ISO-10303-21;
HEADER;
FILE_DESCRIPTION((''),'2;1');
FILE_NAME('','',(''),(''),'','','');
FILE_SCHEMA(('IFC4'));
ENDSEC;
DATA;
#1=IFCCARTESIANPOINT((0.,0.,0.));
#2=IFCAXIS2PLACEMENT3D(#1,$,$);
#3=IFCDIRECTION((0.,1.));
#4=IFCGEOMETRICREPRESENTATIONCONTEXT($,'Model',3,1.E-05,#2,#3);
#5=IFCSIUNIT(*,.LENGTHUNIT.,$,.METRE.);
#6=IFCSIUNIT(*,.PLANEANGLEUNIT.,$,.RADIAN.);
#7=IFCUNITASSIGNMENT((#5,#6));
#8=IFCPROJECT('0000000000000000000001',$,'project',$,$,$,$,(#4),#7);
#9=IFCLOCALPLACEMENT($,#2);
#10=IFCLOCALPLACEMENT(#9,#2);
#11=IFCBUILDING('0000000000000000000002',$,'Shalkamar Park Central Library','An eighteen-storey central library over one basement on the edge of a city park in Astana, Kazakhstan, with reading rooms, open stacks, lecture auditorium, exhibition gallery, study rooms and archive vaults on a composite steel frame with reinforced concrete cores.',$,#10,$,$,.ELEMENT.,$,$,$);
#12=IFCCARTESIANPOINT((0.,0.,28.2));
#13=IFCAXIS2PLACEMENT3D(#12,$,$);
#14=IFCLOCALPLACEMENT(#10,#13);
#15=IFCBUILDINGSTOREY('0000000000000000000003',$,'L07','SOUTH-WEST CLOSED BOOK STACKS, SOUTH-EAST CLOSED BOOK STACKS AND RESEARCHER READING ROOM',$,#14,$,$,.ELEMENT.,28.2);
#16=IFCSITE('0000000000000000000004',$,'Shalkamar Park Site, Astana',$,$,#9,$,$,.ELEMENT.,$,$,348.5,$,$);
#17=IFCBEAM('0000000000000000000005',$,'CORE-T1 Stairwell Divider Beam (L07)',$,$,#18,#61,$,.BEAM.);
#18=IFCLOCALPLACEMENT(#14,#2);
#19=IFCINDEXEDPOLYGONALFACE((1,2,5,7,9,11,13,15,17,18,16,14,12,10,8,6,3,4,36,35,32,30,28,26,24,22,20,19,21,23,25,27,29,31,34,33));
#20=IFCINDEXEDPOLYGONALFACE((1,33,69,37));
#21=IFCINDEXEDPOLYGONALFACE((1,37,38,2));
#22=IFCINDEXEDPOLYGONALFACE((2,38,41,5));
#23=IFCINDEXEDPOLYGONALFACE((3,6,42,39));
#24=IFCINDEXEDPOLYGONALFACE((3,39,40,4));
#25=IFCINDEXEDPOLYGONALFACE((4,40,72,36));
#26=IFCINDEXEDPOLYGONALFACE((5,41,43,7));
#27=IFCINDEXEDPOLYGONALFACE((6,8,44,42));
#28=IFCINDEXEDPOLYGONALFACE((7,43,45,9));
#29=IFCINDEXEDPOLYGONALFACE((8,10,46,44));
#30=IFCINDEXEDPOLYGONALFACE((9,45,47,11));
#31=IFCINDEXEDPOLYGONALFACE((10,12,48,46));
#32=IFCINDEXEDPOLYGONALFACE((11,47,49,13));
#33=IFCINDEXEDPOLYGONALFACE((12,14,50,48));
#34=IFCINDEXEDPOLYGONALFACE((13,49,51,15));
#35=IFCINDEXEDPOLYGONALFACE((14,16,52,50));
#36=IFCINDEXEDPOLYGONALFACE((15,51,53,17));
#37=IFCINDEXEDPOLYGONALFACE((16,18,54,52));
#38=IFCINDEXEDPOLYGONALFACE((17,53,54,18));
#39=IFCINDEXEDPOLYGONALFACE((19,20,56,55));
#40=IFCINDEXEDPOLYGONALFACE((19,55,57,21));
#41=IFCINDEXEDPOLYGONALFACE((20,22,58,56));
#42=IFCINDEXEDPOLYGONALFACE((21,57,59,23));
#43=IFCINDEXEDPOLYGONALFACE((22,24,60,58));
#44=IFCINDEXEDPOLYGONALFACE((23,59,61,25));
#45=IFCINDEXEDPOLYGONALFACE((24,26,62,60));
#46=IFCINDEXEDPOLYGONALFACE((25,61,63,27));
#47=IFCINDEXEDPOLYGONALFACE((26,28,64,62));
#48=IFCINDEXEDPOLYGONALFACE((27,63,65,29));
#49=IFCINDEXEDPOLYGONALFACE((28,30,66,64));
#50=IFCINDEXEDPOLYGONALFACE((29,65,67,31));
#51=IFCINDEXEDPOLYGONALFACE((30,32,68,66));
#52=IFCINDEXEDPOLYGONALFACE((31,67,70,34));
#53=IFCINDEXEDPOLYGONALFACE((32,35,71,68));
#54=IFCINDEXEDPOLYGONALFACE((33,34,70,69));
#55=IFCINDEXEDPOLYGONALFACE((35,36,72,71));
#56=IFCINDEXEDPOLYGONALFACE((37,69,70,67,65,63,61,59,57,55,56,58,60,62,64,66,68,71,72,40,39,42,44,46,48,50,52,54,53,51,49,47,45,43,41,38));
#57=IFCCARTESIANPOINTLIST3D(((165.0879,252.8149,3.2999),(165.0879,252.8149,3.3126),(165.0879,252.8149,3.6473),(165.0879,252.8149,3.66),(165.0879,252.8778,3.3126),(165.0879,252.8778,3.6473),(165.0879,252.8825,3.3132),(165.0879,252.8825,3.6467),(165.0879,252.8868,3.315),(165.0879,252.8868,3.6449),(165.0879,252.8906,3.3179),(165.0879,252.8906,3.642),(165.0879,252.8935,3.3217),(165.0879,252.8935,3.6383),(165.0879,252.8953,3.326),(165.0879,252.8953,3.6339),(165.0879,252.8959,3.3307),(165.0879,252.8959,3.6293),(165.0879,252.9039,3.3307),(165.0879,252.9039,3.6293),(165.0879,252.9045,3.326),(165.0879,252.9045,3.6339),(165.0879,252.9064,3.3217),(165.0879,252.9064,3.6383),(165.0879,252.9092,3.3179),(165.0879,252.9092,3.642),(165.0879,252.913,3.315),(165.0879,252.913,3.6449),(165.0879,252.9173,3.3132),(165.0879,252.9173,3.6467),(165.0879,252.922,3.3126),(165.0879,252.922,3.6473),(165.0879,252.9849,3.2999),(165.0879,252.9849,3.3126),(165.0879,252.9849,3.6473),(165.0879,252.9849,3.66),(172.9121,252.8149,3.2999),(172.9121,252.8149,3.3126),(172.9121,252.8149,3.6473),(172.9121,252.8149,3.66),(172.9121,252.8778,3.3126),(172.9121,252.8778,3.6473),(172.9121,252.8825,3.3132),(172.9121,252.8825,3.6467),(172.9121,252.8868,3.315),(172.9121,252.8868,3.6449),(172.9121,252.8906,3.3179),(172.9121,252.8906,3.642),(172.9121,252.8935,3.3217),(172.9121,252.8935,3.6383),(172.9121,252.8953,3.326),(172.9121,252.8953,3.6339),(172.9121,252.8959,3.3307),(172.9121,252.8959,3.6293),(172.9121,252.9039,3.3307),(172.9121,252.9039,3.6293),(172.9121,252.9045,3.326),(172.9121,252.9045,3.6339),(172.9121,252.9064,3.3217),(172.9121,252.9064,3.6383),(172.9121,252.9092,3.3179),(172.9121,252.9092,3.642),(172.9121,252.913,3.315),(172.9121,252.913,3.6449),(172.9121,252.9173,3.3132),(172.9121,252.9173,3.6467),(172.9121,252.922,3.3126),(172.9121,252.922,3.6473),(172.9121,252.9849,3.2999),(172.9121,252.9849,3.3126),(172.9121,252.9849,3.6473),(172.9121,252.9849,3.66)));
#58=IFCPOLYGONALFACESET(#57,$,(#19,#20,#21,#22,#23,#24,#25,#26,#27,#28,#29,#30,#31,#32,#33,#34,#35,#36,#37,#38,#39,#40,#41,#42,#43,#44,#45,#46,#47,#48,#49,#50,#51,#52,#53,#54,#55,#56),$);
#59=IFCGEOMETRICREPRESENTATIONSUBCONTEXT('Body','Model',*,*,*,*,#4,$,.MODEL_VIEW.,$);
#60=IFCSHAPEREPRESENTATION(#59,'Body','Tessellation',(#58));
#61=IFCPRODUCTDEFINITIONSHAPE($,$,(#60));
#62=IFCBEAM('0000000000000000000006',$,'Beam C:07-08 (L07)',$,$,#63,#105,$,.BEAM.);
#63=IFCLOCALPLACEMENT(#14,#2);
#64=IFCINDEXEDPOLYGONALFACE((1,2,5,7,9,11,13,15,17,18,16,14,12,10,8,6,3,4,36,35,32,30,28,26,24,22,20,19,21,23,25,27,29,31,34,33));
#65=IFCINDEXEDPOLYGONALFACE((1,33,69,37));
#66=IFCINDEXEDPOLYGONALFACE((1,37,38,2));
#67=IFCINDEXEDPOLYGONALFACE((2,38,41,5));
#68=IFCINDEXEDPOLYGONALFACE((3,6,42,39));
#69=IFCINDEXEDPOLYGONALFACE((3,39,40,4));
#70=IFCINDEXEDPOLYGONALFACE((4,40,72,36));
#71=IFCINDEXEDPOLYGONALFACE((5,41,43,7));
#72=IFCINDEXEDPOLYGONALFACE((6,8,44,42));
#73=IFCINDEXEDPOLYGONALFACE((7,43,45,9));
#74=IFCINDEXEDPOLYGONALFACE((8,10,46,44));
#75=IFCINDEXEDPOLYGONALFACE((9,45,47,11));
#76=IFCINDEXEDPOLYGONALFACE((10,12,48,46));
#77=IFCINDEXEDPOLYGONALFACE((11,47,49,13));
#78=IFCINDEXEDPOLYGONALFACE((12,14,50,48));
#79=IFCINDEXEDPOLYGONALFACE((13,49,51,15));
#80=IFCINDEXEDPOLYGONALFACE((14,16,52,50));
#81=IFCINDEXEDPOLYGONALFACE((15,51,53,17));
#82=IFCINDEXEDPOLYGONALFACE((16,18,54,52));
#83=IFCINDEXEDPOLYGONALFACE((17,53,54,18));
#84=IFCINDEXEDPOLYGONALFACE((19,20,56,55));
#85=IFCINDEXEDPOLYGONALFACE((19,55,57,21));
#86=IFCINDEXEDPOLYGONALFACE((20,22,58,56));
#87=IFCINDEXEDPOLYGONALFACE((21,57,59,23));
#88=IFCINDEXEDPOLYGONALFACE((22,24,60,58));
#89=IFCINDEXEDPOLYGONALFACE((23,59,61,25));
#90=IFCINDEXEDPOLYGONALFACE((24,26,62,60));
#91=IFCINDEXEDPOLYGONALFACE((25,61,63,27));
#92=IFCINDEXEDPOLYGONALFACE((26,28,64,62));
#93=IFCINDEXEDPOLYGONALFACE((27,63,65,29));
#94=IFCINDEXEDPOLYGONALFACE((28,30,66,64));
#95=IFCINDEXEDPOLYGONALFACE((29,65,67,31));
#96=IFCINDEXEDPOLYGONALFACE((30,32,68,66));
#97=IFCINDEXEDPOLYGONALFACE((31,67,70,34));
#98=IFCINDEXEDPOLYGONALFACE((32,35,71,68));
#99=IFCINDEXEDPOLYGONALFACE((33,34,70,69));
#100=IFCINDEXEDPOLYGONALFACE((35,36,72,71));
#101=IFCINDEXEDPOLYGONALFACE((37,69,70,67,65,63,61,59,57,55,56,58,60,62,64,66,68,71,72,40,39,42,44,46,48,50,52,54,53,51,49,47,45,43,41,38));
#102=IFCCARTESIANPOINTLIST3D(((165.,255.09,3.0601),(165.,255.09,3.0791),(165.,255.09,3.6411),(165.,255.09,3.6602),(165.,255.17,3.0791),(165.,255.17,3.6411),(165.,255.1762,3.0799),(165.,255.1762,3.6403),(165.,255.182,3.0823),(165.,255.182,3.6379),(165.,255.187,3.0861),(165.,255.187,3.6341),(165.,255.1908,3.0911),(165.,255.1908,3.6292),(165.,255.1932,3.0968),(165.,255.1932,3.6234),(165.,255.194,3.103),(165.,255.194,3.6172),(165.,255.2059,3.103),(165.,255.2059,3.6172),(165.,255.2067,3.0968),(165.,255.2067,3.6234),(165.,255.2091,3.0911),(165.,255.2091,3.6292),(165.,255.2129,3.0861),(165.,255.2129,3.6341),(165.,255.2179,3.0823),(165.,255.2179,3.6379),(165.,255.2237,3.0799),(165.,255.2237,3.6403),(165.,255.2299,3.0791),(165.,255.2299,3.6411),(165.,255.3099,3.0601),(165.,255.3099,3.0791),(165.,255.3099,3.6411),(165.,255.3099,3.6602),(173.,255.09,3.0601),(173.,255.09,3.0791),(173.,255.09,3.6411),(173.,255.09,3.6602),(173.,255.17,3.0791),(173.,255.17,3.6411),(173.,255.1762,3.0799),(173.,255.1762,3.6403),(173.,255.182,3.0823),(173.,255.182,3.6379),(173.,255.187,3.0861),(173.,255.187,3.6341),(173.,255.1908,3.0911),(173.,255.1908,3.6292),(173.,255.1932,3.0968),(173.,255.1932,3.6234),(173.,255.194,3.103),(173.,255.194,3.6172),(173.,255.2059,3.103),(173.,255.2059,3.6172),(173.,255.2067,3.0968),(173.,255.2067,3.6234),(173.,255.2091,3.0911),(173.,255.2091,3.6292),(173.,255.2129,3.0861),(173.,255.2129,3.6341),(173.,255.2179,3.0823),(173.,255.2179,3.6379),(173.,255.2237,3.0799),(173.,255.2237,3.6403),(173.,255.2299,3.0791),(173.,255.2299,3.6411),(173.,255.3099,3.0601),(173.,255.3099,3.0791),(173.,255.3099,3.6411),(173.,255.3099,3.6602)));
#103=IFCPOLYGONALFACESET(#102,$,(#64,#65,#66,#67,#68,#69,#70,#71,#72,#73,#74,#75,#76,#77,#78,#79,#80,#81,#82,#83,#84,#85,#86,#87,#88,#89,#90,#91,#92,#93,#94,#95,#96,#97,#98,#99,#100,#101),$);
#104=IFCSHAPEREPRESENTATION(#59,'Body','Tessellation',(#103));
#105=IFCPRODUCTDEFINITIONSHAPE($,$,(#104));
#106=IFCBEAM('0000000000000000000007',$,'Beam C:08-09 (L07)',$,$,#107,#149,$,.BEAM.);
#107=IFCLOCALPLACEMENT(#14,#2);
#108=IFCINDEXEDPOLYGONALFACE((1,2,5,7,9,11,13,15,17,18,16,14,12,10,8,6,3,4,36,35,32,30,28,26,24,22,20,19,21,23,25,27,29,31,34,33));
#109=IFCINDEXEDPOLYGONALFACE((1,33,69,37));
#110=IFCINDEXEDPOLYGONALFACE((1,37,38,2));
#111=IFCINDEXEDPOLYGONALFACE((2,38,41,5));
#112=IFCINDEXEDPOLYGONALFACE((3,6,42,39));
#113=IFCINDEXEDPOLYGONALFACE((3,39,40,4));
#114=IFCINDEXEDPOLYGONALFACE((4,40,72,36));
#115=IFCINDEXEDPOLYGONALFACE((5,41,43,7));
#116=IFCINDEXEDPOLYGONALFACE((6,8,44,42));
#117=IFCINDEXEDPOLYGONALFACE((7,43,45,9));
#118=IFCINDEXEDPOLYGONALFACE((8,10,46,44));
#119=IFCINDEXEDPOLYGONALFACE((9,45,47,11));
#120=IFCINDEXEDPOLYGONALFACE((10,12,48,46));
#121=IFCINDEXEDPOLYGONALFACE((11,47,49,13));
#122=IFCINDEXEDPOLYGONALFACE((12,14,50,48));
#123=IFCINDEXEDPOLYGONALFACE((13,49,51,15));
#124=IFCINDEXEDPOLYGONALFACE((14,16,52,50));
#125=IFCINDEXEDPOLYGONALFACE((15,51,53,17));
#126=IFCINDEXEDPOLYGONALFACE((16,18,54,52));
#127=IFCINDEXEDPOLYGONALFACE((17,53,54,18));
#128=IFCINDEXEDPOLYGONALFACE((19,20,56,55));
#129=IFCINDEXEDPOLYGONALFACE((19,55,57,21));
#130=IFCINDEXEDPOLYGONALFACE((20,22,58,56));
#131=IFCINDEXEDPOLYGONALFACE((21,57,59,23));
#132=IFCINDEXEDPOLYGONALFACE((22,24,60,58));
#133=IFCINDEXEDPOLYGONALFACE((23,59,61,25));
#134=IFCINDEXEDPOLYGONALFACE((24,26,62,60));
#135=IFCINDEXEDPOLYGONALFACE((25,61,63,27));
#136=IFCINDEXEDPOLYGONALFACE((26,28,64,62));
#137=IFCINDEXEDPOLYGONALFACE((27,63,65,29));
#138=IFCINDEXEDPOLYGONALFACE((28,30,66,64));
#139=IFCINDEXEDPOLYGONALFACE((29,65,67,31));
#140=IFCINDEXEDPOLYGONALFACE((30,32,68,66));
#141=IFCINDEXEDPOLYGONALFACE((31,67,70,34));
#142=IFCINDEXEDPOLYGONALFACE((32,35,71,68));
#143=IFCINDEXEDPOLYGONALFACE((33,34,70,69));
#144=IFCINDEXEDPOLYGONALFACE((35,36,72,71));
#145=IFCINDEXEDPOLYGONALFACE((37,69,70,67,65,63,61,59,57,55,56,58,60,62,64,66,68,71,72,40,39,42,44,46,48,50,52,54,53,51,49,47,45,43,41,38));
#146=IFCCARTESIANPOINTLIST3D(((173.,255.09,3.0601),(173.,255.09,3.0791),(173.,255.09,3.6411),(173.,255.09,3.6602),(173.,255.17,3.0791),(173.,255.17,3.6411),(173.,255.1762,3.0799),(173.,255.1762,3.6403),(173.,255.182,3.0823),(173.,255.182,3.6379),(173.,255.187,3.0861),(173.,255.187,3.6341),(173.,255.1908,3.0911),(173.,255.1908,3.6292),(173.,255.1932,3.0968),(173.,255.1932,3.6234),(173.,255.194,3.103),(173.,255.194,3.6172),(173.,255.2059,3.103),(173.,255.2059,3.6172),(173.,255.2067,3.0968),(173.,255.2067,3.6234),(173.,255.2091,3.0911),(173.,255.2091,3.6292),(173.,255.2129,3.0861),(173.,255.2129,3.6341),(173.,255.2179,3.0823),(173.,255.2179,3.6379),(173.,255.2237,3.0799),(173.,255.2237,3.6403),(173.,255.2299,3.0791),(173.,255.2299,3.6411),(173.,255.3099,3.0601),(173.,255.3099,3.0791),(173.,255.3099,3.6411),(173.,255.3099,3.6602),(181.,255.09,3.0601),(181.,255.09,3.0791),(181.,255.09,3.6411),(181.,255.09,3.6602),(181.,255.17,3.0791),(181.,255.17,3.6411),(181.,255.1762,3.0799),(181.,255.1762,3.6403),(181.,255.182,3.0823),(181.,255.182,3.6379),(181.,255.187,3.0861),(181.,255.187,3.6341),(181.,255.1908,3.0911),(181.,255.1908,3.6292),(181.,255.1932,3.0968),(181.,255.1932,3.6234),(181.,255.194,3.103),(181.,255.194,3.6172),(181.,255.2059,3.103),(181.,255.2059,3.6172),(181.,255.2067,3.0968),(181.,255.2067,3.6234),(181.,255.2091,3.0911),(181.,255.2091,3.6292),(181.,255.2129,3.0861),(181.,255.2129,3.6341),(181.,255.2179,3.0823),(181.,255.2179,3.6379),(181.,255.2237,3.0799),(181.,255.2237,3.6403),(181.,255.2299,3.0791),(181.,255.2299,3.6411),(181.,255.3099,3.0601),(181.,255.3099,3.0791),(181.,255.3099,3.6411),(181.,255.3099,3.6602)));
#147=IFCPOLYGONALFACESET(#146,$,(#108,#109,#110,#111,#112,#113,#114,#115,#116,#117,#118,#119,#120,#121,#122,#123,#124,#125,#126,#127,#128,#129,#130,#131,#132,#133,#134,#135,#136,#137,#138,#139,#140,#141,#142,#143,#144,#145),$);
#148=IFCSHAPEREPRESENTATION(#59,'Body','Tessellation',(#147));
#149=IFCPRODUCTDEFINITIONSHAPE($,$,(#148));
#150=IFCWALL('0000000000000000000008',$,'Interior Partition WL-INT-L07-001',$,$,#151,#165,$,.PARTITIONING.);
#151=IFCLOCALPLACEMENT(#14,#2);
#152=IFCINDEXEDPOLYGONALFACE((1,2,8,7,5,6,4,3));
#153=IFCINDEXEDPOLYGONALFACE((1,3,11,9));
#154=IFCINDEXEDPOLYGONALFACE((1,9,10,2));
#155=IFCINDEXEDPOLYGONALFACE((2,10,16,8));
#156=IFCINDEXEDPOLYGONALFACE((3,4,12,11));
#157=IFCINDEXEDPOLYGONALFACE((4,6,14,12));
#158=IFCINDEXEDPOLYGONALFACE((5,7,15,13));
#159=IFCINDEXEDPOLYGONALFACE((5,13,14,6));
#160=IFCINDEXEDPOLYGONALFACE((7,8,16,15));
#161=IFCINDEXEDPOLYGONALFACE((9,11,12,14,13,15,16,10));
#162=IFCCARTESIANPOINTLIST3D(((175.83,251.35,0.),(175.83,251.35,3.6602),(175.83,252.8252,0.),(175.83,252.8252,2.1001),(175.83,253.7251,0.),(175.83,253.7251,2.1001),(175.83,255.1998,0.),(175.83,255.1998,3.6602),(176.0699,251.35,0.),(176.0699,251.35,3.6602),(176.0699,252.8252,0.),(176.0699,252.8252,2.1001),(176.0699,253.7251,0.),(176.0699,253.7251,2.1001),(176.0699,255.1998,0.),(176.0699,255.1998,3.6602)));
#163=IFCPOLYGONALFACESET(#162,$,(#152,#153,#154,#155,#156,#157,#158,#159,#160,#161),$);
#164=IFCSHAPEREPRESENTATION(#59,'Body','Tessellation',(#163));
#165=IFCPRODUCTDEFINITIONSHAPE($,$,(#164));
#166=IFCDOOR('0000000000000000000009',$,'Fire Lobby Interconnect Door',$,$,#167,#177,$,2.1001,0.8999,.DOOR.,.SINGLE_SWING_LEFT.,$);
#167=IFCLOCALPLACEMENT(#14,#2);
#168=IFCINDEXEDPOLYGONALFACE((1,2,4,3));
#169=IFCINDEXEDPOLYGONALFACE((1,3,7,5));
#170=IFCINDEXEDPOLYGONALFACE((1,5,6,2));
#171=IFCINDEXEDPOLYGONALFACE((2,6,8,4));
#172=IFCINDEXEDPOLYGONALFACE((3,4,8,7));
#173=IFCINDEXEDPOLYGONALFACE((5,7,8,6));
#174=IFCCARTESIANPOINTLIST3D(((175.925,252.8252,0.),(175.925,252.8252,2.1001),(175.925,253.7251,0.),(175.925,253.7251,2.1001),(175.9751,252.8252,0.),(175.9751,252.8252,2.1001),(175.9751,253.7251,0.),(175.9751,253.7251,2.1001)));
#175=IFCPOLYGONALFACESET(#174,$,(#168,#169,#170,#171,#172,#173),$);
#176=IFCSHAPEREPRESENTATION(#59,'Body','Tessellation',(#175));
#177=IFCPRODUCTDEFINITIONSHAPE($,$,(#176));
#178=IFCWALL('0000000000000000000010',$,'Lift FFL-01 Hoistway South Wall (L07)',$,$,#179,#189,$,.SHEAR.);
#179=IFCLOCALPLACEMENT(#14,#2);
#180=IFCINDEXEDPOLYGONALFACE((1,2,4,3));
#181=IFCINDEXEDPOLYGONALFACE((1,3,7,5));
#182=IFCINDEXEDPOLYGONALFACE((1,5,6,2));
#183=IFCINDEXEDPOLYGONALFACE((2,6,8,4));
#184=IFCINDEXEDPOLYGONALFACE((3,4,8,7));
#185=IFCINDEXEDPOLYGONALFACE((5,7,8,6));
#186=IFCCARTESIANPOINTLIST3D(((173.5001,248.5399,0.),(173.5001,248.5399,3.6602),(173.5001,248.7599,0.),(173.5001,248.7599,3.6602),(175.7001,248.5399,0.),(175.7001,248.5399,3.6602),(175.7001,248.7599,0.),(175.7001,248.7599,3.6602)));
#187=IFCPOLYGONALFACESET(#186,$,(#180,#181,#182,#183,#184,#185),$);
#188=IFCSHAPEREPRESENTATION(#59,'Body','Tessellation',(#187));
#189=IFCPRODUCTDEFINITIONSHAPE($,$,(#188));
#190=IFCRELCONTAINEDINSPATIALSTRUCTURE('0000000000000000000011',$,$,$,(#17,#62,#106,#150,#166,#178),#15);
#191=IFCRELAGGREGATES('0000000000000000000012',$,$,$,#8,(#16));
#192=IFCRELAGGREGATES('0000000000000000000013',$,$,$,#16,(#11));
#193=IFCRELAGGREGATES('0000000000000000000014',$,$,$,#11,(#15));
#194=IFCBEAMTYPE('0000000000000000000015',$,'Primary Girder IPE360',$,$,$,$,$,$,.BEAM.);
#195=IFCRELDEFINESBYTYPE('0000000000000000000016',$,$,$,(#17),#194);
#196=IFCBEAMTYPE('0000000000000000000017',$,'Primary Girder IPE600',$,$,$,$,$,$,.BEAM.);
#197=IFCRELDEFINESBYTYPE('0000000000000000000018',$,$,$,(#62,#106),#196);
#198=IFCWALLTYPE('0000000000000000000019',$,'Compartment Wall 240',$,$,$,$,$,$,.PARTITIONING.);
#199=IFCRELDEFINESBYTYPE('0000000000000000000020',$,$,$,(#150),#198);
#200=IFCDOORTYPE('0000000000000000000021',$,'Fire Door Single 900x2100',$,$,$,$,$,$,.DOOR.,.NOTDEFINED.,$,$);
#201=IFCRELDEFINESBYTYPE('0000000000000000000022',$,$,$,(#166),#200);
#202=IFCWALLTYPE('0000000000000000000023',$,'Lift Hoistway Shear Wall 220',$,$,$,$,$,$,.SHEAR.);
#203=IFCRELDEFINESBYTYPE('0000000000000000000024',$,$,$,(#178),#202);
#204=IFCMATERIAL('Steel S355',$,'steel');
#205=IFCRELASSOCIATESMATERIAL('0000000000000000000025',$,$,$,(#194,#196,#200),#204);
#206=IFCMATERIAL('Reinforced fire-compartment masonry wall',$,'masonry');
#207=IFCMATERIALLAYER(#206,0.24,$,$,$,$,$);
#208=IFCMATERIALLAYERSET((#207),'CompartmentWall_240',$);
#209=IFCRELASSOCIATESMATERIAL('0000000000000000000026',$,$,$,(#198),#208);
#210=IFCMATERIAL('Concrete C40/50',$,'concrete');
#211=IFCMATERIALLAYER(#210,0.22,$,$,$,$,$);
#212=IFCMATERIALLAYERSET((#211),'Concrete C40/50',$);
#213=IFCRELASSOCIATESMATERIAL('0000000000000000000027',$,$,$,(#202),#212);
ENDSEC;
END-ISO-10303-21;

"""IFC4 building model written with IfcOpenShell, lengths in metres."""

from ifc_helpers import new_model, si_unit, direction, frame, frame_2d, origin, origin_2d, place, context, subcontext, project, spatial, rectangle, i_section, extrude, material, layer, layer_set, material_profile, profile_set, type_object, element, fill, save


model = new_model("IFC4")

# Units and contexts
model_context = context("Model", 3, precision=1e-05, world=origin(), true_north=direction((0.0, 1.0)))
body_context = subcontext(model_context, "Body", "Model", "MODEL_VIEW")
ifc_project = project(units=[si_unit("LENGTHUNIT", "METRE"), si_unit("PLANEANGLEUNIT", "RADIAN")], contexts=[model_context])

# Site, building, storey
site_placement = place(None, origin())
site = spatial("IfcSite", under=ifc_project, at=site_placement, Name="Shalkamar Park Site, Astana", CompositionType="ELEMENT", RefElevation=348.5)
building_placement = place(site_placement, origin())
building = spatial("IfcBuilding", under=site, at=building_placement, Name="Shalkamar Park Central Library", Description="An eighteen-storey central library over one basement on the edge of a city park in Astana, Kazakhstan, with reading rooms, open stacks, lecture auditorium, exhibition gallery, study rooms and archive vaults on a composite steel frame with reinforced concrete cores.", CompositionType="ELEMENT")
storey_placement = place(building_placement, frame((0.0, 0.0, 28.2)))
storey = spatial("IfcBuildingStorey", under=building, at=storey_placement, Name="L07", Description="SOUTH-WEST CLOSED BOOK STACKS, SOUTH-EAST CLOSED BOOK STACKS AND RESEARCHER READING ROOM", CompositionType="ELEMENT", Elevation=28.2)

# Shared definitions
ifc_material_1 = material(Name="Steel S355", Category="steel")

# Beams
ifc_material_profile_1 = material_profile(ifc_material_1, i_section(OverallWidth=0.1699, OverallDepth=0.3601, WebThickness=0.0081, FlangeThickness=0.0127, FilletRadius=0.0181, at=origin_2d()), Name="IPE 360")
ifc_profile_set_1 = profile_set([ifc_material_profile_1], Name="Steel S355")
beam_type_1 = type_object("IfcBeamType", Name="Primary Girder IPE360", PredefinedType="BEAM", material=ifc_profile_set_1)
beam_1_placement = place(storey_placement, frame((165.0879, 252.8999, 3.48), z_axis=(1.0, 0.0, 0.0), x_axis=(0.0, 1.0, 0.0)))
element("IfcBeam", 1, at=beam_1_placement, inside=storey, type_object=beam_type_1, Name="CORE-T1 Stairwell Divider Beam (L07)", PredefinedType="BEAM", context=body_context, shape_type="SweptSolid", body=[
    extrude(i_section(OverallWidth=0.1699, OverallDepth=0.3601, WebThickness=0.0081, FlangeThickness=0.0127, FilletRadius=0.0181, at=origin_2d()), origin(), (0.0, 0.0, 1.0), 7.8242),
])
ifc_material_profile_2 = material_profile(ifc_material_1, i_section(OverallWidth=0.22, OverallDepth=0.6001, WebThickness=0.012, FlangeThickness=0.019, FilletRadius=0.0239, at=origin_2d()), Name="IPE 600")
ifc_profile_set_2 = profile_set([ifc_material_profile_2], Name="Steel S355")
beam_type_2 = type_object("IfcBeamType", Name="Primary Girder IPE600", PredefinedType="BEAM", material=ifc_profile_set_2)
for number, where, z_axis, x_axis, name in (
    (2, (165.0, 255.2, 3.3601), (1.0, 0.0, 0.0), (0.0, 1.0, 0.0), "Beam C:07-08 (L07)"),
    (3, (173.0, 255.2, 3.3601), (1.0, 0.0, 0.0), (0.0, 1.0, 0.0), "Beam C:08-09 (L07)"),
):
    element("IfcBeam", number, at=place(storey_placement, frame(where, z_axis=z_axis, x_axis=x_axis)), inside=storey, type_object=beam_type_2, Name=name, PredefinedType="BEAM", context=body_context, shape_type="SweptSolid", body=[
        extrude(i_section(OverallWidth=0.22, OverallDepth=0.6001, WebThickness=0.012, FlangeThickness=0.019, FilletRadius=0.0239, at=origin_2d()), origin(), (0.0, 0.0, 1.0), 8.0),
    ])

# Wall, opening, door
ifc_material_2 = material(Name="Reinforced fire-compartment masonry wall", Category="masonry")
ifc_layer_1 = layer(ifc_material_2, 0.24)
ifc_layer_set_1 = layer_set([ifc_layer_1], Name="CompartmentWall_240")
wall_type_1 = type_object("IfcWallType", Name="Compartment Wall 240", PredefinedType="PARTITIONING", material=ifc_layer_set_1)
wall_1_placement = place(storey_placement, frame((175.95, 251.3501, 0.0), z_axis=(0.0, 0.0, 1.0), x_axis=(0.0, 1.0, 0.0)))
wall_1 = element("IfcWall", 4, at=wall_1_placement, inside=storey, type_object=wall_type_1, Name="Interior Partition WL-INT-L07-001", PredefinedType="PARTITIONING", context=body_context, shape_type="SweptSolid", body=[
    extrude(rectangle(XDim=3.8499, YDim=0.24, at=frame_2d((1.9248, 0.0))), origin(), (0.0, 0.0, 1.0), 3.6602),
])
opening_1_placement = place(wall_1_placement, frame((1.4751, 0.0, 0.0)))
opening_1 = element("IfcOpeningElement", 5, at=opening_1_placement, cuts=wall_1, PredefinedType="OPENING", context=body_context, shape_type="SweptSolid", body=[
    extrude(rectangle(XDim=0.8999, YDim=2.1001, at=frame_2d((0.45, 1.05))), frame((0.0, 0.1348, 0.0), z_axis=(0.0, -1.0, 0.0), x_axis=(1.0, 0.0, 0.0)), (0.0, 0.0, 1.0), 0.2698),
])
door_type_1 = type_object("IfcDoorType", Name="Fire Door Single 900x2100", OperationType="NOTDEFINED", PredefinedType="DOOR", material=ifc_material_1)
door_1_placement = place(opening_1_placement, origin())
door_1 = element("IfcDoor", 6, at=door_1_placement, inside=storey, type_object=door_type_1, Name="Fire Lobby Interconnect Door", OperationType="SINGLE_SWING_LEFT", OverallHeight=2.1001, OverallWidth=0.8999, PredefinedType="DOOR", context=body_context, shape_type="SweptSolid", body=[
    extrude(rectangle(XDim=0.8999, YDim=2.1001, at=frame_2d((0.45, 1.05))), frame((0.0, 0.0249, 0.0), z_axis=(0.0, -1.0, 0.0), x_axis=(1.0, 0.0, 0.0)), (0.0, 0.0, 1.0), 0.05),
])
fill(opening_1, door_1)

# Wall
ifc_material_3 = material(Name="Concrete C40/50", Category="concrete")
ifc_layer_2 = layer(ifc_material_3, 0.22)
ifc_layer_set_2 = layer_set([ifc_layer_2], Name="Concrete C40/50")
wall_type_2 = type_object("IfcWallType", Name="Lift Hoistway Shear Wall 220", PredefinedType="SHEAR", material=ifc_layer_set_2)
wall_2_placement = place(storey_placement, frame((173.5, 248.6499, 0.0), z_axis=(0.0, 0.0, 1.0), x_axis=(1.0, 0.0, 0.0)))
element("IfcWall", 7, at=wall_2_placement, inside=storey, type_object=wall_type_2, Name="Lift FFL-01 Hoistway South Wall (L07)", PredefinedType="SHEAR", context=body_context, shape_type="SweptSolid", body=[
    extrude(rectangle(XDim=2.2, YDim=0.22, at=frame_2d((1.1001, 0.0))), origin(), (0.0, 0.0, 1.0), 3.6602),
])

save(model, "model.ifc")
